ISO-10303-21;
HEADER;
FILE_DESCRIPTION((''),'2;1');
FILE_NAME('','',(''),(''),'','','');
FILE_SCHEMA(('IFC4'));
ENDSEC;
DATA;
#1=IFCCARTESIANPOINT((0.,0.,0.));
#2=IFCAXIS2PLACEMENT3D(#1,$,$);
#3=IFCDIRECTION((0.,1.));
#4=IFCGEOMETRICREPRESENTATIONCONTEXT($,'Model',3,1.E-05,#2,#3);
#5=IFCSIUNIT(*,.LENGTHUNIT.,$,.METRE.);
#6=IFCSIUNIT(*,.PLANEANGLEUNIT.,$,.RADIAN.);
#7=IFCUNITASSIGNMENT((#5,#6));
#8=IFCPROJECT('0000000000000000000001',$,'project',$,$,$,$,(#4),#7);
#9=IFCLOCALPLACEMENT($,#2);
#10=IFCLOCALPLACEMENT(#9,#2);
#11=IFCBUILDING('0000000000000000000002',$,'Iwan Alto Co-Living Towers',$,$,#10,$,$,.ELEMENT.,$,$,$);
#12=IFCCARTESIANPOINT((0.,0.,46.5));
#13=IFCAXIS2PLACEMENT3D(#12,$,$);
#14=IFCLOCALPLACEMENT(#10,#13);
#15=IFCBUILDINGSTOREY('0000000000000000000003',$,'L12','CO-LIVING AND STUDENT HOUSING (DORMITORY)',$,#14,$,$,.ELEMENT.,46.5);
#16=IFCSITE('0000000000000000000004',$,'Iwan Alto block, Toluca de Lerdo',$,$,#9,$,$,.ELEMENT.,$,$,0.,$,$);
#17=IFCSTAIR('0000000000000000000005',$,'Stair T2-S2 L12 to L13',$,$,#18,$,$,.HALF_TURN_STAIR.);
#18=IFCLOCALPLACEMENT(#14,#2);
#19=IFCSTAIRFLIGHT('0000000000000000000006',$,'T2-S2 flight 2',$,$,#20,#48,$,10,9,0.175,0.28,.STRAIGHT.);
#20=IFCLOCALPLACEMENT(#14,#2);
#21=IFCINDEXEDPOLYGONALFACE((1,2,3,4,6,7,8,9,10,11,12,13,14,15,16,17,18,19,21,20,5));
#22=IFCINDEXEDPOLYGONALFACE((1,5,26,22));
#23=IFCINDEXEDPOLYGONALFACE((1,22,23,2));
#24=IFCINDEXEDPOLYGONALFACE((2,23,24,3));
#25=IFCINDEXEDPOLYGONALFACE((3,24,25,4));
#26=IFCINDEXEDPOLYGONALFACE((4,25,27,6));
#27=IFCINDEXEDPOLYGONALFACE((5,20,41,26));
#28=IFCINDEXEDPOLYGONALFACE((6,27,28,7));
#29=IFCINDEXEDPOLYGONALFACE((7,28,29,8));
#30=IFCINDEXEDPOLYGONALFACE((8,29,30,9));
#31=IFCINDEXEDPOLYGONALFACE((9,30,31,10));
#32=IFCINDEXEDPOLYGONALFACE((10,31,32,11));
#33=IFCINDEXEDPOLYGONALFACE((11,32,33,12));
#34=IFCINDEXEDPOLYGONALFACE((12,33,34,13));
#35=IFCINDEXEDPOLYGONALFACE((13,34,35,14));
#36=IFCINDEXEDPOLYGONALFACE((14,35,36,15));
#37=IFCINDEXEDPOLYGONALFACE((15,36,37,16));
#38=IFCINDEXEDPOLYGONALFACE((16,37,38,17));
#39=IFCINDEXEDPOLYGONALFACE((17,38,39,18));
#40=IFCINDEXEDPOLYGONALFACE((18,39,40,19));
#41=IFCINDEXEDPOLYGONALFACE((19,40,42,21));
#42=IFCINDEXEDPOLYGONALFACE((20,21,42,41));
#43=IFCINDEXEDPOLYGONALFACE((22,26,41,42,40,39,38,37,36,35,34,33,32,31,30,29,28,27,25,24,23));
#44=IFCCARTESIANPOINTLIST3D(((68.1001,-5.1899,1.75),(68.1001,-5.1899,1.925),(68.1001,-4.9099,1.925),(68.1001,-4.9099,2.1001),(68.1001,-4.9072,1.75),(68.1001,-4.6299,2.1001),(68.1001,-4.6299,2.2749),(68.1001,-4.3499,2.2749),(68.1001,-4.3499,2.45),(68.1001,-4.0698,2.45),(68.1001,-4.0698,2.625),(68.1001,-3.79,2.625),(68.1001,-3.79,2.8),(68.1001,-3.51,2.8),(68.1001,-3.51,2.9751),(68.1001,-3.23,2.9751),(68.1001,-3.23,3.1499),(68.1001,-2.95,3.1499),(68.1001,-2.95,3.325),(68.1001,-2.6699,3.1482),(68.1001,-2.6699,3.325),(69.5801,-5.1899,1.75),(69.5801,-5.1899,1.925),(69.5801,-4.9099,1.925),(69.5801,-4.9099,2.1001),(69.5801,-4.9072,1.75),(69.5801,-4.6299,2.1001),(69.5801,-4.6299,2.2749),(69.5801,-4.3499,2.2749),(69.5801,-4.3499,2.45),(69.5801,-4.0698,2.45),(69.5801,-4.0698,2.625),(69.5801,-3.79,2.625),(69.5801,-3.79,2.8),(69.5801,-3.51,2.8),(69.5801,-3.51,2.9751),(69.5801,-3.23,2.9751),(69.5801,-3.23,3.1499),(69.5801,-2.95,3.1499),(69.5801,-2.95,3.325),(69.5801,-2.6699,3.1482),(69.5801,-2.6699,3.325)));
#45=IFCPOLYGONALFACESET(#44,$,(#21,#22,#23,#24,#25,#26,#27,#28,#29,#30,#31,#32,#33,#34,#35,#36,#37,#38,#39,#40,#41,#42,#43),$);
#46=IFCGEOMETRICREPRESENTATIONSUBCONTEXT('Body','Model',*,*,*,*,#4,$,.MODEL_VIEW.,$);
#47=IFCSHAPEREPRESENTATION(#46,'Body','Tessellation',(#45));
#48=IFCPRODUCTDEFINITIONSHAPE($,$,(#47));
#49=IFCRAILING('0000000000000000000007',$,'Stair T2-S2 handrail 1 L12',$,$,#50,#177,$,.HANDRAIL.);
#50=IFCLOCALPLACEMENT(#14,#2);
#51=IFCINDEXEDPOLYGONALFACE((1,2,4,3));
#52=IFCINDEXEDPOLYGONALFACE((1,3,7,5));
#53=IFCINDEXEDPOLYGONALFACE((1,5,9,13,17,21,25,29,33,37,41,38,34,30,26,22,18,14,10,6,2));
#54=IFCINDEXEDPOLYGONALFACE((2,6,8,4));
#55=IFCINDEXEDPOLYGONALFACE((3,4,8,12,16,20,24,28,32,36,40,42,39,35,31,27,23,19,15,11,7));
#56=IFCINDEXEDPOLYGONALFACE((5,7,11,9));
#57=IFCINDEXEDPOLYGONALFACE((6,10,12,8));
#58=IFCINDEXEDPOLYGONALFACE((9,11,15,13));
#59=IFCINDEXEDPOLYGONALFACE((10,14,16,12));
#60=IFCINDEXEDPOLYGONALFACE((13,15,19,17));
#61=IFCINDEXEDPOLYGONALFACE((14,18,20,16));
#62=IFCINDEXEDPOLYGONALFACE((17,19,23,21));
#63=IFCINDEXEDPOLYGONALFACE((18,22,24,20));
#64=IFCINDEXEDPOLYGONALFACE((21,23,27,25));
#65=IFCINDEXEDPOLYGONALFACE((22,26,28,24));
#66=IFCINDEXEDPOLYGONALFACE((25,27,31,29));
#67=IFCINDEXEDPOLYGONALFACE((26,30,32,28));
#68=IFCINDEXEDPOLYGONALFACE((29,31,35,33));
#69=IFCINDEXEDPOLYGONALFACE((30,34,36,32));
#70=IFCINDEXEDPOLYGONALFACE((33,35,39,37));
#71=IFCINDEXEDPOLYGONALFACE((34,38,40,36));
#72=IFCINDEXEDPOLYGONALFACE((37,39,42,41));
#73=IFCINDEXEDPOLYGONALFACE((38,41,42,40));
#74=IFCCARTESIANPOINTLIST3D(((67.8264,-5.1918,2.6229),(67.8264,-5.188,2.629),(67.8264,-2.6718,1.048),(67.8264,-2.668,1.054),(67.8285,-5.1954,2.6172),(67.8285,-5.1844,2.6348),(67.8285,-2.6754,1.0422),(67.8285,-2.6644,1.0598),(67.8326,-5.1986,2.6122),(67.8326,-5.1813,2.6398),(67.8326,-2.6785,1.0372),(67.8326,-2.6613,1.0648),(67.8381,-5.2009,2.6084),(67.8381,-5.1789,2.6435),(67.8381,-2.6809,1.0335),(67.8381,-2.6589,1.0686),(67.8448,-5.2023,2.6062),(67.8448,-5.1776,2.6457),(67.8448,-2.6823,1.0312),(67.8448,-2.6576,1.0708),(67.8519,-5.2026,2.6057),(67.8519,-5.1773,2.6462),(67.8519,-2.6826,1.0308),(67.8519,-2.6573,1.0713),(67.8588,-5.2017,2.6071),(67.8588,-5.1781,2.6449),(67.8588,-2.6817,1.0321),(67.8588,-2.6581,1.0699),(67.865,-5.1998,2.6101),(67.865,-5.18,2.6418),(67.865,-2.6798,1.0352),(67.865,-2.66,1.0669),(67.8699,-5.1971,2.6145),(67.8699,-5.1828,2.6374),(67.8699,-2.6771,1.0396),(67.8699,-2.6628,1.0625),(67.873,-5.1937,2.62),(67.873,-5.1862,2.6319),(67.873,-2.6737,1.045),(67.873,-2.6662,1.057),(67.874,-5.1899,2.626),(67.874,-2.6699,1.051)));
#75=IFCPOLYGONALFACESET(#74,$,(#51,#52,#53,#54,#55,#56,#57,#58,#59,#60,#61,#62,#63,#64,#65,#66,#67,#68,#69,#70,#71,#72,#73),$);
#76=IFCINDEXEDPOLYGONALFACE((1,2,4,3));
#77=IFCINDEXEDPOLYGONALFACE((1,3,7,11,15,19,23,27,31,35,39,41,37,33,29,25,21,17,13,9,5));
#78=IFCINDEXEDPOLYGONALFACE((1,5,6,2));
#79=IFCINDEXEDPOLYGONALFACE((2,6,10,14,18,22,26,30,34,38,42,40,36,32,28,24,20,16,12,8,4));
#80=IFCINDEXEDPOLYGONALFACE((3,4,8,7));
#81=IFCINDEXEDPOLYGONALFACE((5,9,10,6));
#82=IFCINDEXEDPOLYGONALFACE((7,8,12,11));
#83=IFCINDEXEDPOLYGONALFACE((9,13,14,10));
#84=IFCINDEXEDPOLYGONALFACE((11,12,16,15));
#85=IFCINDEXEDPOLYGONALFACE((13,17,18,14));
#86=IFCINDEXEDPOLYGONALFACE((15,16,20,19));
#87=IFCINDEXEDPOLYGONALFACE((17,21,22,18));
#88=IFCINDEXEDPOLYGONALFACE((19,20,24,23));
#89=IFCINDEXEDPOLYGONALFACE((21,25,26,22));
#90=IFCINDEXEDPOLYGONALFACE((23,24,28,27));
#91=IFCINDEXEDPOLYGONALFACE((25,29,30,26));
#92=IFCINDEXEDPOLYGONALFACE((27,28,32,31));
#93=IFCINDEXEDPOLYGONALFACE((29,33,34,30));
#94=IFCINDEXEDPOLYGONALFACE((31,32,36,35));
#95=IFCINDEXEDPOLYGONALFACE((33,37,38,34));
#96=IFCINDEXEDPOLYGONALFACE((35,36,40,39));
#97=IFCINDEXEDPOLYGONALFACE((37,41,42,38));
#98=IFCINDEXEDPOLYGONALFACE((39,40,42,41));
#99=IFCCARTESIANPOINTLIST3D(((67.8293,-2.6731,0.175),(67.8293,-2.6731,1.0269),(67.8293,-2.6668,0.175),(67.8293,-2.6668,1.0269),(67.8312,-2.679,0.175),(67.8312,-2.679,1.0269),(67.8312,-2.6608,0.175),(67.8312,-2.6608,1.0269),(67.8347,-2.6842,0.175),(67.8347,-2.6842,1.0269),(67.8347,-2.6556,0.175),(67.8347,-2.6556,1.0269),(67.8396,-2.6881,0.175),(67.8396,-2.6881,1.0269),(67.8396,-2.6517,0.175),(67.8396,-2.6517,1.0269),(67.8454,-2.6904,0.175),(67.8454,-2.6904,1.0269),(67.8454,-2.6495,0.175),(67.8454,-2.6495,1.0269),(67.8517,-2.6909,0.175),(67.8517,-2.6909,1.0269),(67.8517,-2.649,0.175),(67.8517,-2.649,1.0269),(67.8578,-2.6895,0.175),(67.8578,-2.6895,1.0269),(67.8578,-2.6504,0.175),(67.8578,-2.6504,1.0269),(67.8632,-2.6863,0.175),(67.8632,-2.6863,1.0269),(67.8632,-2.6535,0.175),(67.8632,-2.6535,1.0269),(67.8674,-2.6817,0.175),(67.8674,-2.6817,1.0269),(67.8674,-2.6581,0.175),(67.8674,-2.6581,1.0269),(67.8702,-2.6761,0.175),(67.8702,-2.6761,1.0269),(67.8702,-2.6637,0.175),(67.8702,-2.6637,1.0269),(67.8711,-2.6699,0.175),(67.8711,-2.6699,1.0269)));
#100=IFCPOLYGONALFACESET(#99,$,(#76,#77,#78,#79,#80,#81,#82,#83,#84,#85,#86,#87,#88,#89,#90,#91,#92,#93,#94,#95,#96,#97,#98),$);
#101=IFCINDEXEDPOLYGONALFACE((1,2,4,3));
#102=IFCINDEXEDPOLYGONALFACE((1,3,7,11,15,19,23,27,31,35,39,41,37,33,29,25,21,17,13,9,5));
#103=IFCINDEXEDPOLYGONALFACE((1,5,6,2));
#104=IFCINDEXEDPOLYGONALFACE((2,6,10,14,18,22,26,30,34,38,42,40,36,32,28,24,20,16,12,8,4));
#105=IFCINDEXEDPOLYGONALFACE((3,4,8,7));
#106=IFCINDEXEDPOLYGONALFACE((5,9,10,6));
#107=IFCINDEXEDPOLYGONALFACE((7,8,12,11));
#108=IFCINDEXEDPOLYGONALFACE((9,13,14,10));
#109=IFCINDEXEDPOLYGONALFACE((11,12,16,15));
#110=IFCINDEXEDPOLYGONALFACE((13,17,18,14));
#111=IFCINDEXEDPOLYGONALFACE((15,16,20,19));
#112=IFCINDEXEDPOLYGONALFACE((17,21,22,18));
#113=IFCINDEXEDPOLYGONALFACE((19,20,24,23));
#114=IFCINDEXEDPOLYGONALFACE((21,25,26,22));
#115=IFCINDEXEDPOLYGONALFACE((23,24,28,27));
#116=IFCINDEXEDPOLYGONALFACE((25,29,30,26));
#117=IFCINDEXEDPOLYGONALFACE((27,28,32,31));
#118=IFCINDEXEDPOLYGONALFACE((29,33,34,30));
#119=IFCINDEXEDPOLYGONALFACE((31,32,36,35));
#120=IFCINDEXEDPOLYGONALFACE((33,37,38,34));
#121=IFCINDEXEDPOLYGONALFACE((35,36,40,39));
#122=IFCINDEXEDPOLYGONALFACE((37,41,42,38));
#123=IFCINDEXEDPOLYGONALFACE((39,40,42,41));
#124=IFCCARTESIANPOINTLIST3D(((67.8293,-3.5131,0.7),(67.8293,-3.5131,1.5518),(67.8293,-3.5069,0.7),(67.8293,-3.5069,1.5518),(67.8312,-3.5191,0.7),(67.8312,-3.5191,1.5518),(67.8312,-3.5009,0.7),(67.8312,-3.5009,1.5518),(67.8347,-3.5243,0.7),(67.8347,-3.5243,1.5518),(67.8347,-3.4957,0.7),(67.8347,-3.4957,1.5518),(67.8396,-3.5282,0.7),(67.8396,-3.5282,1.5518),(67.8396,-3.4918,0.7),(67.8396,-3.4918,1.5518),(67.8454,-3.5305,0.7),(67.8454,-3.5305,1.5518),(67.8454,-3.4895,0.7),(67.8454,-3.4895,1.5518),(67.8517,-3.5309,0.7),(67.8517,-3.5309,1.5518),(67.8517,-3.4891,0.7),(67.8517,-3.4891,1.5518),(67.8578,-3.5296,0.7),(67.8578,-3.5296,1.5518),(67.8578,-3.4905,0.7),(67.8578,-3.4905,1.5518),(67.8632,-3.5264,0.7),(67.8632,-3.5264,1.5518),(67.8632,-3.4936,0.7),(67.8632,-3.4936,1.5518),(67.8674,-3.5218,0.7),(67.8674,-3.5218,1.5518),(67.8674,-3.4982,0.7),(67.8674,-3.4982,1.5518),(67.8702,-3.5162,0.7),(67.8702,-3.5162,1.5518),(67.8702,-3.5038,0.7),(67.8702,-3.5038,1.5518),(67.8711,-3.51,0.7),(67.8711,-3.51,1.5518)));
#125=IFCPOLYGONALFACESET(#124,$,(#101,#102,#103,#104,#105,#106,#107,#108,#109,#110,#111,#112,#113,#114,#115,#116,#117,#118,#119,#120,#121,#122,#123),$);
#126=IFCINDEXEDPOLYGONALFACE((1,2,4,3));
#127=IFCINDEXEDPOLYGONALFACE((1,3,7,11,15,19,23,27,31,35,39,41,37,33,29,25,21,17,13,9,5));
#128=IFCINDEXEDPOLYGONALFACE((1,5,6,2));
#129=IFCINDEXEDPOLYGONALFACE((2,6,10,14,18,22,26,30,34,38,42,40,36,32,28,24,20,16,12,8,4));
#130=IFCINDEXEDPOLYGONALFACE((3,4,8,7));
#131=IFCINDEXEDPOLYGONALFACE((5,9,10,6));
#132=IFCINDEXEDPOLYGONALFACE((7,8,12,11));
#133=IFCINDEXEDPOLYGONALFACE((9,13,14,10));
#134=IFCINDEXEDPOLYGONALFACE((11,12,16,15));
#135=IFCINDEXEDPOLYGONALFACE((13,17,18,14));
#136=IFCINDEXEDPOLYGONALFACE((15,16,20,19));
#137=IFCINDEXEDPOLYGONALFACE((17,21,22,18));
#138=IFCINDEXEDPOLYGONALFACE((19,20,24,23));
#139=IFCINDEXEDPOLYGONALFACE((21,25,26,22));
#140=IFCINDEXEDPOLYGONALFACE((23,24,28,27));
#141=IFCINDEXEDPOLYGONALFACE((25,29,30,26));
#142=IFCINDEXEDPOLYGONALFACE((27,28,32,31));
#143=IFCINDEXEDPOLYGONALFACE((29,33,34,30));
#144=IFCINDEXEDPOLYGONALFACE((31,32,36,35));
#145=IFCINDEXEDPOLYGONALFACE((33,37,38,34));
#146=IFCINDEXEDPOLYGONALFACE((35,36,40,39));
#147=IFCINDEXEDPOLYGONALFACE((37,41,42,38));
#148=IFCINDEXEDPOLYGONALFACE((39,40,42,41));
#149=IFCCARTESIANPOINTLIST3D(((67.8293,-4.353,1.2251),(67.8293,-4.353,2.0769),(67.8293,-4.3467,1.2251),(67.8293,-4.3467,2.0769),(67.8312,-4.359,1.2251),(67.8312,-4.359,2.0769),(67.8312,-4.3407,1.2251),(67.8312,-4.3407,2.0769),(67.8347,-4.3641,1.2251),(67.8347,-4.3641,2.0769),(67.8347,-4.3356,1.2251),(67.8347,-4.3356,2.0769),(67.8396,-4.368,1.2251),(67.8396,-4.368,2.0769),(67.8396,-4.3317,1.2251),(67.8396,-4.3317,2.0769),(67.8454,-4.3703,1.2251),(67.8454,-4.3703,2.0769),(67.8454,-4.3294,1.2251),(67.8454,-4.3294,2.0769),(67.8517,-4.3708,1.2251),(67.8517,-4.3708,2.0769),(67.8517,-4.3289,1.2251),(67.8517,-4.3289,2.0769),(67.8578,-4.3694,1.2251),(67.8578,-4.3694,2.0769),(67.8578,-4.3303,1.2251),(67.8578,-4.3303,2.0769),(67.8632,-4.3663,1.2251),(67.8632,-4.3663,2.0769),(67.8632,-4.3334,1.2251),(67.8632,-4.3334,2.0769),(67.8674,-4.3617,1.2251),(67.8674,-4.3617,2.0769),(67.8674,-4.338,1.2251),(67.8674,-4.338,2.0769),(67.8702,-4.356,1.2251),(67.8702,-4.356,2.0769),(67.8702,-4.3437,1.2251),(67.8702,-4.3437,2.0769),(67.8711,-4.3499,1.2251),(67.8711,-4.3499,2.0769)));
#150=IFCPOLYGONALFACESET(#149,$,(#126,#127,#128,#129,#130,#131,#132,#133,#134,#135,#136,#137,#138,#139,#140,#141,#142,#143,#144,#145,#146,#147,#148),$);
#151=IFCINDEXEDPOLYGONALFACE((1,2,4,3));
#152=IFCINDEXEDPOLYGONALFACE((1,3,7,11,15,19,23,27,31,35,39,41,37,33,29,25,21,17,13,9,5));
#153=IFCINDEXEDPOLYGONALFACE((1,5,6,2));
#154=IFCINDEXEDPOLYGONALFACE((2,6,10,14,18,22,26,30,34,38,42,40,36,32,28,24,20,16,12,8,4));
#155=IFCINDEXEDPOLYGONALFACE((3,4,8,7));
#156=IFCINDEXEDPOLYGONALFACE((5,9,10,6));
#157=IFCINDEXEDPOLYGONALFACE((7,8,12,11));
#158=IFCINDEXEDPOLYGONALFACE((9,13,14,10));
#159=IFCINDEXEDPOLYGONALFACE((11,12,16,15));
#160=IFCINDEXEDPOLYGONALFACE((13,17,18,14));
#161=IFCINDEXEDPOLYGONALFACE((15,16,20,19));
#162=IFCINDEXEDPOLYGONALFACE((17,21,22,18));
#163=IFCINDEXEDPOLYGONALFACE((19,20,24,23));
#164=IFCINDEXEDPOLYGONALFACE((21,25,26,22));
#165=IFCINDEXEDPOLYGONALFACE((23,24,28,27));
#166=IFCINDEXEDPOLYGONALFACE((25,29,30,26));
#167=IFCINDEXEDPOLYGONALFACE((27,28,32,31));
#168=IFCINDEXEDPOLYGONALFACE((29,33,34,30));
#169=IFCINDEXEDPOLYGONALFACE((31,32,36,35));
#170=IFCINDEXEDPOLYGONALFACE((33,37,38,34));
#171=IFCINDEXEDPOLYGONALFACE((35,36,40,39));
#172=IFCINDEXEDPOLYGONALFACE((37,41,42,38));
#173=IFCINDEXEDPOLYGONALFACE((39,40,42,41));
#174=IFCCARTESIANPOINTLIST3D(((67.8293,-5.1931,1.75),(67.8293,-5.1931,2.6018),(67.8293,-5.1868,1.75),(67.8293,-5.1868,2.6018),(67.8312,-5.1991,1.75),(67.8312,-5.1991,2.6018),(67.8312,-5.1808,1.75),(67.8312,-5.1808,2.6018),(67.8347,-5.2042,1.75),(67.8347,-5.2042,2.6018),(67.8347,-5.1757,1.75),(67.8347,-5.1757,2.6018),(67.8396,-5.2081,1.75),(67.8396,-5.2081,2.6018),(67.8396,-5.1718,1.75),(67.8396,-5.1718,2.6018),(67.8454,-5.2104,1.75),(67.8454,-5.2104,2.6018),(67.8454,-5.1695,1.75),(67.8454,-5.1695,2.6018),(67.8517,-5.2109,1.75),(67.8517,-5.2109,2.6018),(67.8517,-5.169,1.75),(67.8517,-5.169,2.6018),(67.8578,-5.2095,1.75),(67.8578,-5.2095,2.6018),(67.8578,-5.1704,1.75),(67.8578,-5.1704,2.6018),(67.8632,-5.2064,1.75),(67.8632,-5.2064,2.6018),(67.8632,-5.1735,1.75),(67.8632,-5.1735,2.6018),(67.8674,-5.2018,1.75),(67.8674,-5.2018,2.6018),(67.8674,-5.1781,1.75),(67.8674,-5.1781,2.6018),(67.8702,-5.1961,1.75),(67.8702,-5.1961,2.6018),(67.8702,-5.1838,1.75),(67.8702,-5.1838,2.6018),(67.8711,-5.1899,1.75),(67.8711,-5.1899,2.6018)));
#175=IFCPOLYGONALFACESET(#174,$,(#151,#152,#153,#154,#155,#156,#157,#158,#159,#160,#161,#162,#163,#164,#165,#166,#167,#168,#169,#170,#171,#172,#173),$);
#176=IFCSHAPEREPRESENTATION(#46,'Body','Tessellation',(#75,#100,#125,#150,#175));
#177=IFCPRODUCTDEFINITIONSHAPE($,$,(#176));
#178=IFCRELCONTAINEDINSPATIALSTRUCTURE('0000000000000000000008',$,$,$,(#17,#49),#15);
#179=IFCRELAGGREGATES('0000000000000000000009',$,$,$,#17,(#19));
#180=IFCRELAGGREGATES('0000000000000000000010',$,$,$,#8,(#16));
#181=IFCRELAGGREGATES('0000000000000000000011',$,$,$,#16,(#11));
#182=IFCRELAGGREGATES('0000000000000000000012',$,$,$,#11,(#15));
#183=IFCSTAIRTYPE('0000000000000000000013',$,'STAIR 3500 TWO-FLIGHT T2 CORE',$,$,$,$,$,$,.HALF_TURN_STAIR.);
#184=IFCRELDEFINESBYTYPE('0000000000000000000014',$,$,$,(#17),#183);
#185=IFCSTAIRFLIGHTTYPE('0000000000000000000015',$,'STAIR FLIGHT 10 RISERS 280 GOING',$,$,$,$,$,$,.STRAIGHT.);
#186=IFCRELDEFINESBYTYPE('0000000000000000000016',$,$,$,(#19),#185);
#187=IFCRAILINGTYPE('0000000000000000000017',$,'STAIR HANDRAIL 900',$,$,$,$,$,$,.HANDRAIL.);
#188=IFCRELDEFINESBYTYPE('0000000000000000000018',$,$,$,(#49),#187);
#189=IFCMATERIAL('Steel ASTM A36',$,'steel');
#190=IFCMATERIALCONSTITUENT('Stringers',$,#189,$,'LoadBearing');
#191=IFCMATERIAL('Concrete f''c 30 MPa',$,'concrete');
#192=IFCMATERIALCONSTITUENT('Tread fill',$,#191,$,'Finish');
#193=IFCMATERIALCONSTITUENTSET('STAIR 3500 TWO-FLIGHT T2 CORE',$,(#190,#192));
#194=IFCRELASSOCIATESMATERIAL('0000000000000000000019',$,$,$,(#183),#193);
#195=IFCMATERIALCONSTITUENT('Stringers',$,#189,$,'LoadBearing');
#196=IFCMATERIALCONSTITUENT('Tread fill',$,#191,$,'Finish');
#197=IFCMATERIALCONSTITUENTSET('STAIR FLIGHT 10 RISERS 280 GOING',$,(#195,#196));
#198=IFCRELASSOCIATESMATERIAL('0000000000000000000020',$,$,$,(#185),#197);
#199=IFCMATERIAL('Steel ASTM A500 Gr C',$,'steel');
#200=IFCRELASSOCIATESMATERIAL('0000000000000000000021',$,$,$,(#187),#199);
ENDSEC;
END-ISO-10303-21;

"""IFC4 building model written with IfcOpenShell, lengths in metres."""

from ifc_helpers import new_model, si_unit, direction, frame, origin, origin_2d, place, context, subcontext, project, spatial, polyline, circle, outline, extrude, material, constituent, constituent_set, type_object, element, aggregate, save


model = new_model("IFC4")

# Units and contexts
model_context = context("Model", 3, precision=1e-05, world=origin(), true_north=direction((0.0, 1.0)))
body_context = subcontext(model_context, "Body", "Model", "MODEL_VIEW")
ifc_project = project(units=[si_unit("LENGTHUNIT", "METRE"), si_unit("PLANEANGLEUNIT", "RADIAN")], contexts=[model_context])

# Site, building, storey
site_placement = place(None, origin())
site = spatial("IfcSite", under=ifc_project, at=site_placement, Name="Iwan Alto block, Toluca de Lerdo", CompositionType="ELEMENT", RefElevation=0.0)
building_placement = place(site_placement, origin())
building = spatial("IfcBuilding", under=site, at=building_placement, Name="Iwan Alto Co-Living Towers", CompositionType="ELEMENT")
storey_placement = place(building_placement, frame((0.0, 0.0, 46.5)))
storey = spatial("IfcBuildingStorey", under=building, at=storey_placement, Name="L12", Description="CO-LIVING AND STUDENT HOUSING (DORMITORY)", CompositionType="ELEMENT", Elevation=46.5)

# Stair, stair flight
ifc_material_1 = material(Name="Steel ASTM A36", Category="steel")
ifc_constituent_1 = constituent(ifc_material_1, Name="Stringers", Category="LoadBearing")
ifc_material_2 = material(Name="Concrete f'c 30 MPa", Category="concrete")
ifc_constituent_2 = constituent(ifc_material_2, Name="Tread fill", Category="Finish")
ifc_constituent_set_1 = constituent_set(constituents=[ifc_constituent_1, ifc_constituent_2], Name="STAIR 3500 TWO-FLIGHT T2 CORE")
stair_type = type_object("IfcStairType", Name="STAIR 3500 TWO-FLIGHT T2 CORE", PredefinedType="HALF_TURN_STAIR", material=ifc_constituent_set_1)
stair_placement = place(storey_placement, origin())
stair = element("IfcStair", 1, at=stair_placement, inside=storey, type_object=stair_type, Name="Stair T2-S2 L12 to L13", PredefinedType="HALF_TURN_STAIR")
ifc_constituent_3 = constituent(ifc_material_1, Name="Stringers", Category="LoadBearing")
ifc_constituent_4 = constituent(ifc_material_2, Name="Tread fill", Category="Finish")
ifc_constituent_set_2 = constituent_set(constituents=[ifc_constituent_3, ifc_constituent_4], Name="STAIR FLIGHT 10 RISERS 280 GOING")
stair_flight_type = type_object("IfcStairFlightType", Name="STAIR FLIGHT 10 RISERS 280 GOING", PredefinedType="STRAIGHT", material=ifc_constituent_set_2)
stair_flight_1_placement = place(storey_placement, frame((68.8401, -5.1899, 1.75), z_axis=(0.0, 0.0, 1.0), x_axis=(0.0, 1.0, 0.0)))
stair_flight_1 = element("IfcStairFlight", 2, at=stair_flight_1_placement, type_object=stair_flight_type, Name="T2-S2 flight 2", NumberOfRisers=10, NumberOfTreads=9, PredefinedType="STRAIGHT", RiserHeight=0.175, TreadLength=0.28, context=body_context, shape_type="SweptSolid", body=[
    extrude(outline(polyline([(0.0, 0.0), (0.0, 0.175), (0.28, 0.175), (0.28, 0.3501), (0.5601, 0.3501), (0.5601, 0.5249), (0.8401, 0.5249), (0.8401, 0.7), (1.1201, 0.7), (1.1201, 0.875), (1.3999, 0.875), (1.3999, 1.05), (1.6799, 1.05), (1.6799, 1.2251), (1.96, 1.2251), (1.96, 1.3999), (2.24, 1.3999), (2.24, 1.575), (2.52, 1.575), (2.52, 1.75), (2.52, 1.3982), (0.2827, 0.0), (0.0, 0.0)])), frame((0.0, 0.74, 0.0), z_axis=(0.0, -1.0, 0.0), x_axis=(1.0, 0.0, 0.0)), (0.0, 0.0, 1.0), 1.48),
])
aggregate(stair, [stair_flight_1])

# Railing
ifc_material_3 = material(Name="Steel ASTM A500 Gr C", Category="steel")
railing_type_1 = type_object("IfcRailingType", Name="STAIR HANDRAIL 900", PredefinedType="HANDRAIL", material=ifc_material_3)
railing_1_placement = place(storey_placement, frame((67.8501, -2.6699, 0.175)))
element("IfcRailing", 3, at=railing_1_placement, inside=storey, type_object=railing_type_1, Name="Stair T2-S2 handrail 1 L12", PredefinedType="HANDRAIL", context=body_context, shape_type="SweptSolid", body=[
    extrude(circle(Radius=0.0239, at=origin_2d()), frame((0.0, 0.0, 0.876), z_axis=(0.0, -0.848008, 0.529984), x_axis=(1.0, 0.0, 0.0)), (0.0, 0.0, 1.0), 2.9717),
    extrude(circle(Radius=0.021, at=origin_2d()), origin(), (0.0, 0.0, 1.0), 0.8518),
    extrude(circle(Radius=0.021, at=origin_2d()), frame((0.0, -0.8401, 0.5249)), (0.0, 0.0, 1.0), 0.8518),
    extrude(circle(Radius=0.021, at=origin_2d()), frame((0.0, -1.6799, 1.05)), (0.0, 0.0, 1.0), 0.8518),
    extrude(circle(Radius=0.021, at=origin_2d()), frame((0.0, -2.52, 1.575)), (0.0, 0.0, 1.0), 0.8518),
])

save(model, "model.ifc")
